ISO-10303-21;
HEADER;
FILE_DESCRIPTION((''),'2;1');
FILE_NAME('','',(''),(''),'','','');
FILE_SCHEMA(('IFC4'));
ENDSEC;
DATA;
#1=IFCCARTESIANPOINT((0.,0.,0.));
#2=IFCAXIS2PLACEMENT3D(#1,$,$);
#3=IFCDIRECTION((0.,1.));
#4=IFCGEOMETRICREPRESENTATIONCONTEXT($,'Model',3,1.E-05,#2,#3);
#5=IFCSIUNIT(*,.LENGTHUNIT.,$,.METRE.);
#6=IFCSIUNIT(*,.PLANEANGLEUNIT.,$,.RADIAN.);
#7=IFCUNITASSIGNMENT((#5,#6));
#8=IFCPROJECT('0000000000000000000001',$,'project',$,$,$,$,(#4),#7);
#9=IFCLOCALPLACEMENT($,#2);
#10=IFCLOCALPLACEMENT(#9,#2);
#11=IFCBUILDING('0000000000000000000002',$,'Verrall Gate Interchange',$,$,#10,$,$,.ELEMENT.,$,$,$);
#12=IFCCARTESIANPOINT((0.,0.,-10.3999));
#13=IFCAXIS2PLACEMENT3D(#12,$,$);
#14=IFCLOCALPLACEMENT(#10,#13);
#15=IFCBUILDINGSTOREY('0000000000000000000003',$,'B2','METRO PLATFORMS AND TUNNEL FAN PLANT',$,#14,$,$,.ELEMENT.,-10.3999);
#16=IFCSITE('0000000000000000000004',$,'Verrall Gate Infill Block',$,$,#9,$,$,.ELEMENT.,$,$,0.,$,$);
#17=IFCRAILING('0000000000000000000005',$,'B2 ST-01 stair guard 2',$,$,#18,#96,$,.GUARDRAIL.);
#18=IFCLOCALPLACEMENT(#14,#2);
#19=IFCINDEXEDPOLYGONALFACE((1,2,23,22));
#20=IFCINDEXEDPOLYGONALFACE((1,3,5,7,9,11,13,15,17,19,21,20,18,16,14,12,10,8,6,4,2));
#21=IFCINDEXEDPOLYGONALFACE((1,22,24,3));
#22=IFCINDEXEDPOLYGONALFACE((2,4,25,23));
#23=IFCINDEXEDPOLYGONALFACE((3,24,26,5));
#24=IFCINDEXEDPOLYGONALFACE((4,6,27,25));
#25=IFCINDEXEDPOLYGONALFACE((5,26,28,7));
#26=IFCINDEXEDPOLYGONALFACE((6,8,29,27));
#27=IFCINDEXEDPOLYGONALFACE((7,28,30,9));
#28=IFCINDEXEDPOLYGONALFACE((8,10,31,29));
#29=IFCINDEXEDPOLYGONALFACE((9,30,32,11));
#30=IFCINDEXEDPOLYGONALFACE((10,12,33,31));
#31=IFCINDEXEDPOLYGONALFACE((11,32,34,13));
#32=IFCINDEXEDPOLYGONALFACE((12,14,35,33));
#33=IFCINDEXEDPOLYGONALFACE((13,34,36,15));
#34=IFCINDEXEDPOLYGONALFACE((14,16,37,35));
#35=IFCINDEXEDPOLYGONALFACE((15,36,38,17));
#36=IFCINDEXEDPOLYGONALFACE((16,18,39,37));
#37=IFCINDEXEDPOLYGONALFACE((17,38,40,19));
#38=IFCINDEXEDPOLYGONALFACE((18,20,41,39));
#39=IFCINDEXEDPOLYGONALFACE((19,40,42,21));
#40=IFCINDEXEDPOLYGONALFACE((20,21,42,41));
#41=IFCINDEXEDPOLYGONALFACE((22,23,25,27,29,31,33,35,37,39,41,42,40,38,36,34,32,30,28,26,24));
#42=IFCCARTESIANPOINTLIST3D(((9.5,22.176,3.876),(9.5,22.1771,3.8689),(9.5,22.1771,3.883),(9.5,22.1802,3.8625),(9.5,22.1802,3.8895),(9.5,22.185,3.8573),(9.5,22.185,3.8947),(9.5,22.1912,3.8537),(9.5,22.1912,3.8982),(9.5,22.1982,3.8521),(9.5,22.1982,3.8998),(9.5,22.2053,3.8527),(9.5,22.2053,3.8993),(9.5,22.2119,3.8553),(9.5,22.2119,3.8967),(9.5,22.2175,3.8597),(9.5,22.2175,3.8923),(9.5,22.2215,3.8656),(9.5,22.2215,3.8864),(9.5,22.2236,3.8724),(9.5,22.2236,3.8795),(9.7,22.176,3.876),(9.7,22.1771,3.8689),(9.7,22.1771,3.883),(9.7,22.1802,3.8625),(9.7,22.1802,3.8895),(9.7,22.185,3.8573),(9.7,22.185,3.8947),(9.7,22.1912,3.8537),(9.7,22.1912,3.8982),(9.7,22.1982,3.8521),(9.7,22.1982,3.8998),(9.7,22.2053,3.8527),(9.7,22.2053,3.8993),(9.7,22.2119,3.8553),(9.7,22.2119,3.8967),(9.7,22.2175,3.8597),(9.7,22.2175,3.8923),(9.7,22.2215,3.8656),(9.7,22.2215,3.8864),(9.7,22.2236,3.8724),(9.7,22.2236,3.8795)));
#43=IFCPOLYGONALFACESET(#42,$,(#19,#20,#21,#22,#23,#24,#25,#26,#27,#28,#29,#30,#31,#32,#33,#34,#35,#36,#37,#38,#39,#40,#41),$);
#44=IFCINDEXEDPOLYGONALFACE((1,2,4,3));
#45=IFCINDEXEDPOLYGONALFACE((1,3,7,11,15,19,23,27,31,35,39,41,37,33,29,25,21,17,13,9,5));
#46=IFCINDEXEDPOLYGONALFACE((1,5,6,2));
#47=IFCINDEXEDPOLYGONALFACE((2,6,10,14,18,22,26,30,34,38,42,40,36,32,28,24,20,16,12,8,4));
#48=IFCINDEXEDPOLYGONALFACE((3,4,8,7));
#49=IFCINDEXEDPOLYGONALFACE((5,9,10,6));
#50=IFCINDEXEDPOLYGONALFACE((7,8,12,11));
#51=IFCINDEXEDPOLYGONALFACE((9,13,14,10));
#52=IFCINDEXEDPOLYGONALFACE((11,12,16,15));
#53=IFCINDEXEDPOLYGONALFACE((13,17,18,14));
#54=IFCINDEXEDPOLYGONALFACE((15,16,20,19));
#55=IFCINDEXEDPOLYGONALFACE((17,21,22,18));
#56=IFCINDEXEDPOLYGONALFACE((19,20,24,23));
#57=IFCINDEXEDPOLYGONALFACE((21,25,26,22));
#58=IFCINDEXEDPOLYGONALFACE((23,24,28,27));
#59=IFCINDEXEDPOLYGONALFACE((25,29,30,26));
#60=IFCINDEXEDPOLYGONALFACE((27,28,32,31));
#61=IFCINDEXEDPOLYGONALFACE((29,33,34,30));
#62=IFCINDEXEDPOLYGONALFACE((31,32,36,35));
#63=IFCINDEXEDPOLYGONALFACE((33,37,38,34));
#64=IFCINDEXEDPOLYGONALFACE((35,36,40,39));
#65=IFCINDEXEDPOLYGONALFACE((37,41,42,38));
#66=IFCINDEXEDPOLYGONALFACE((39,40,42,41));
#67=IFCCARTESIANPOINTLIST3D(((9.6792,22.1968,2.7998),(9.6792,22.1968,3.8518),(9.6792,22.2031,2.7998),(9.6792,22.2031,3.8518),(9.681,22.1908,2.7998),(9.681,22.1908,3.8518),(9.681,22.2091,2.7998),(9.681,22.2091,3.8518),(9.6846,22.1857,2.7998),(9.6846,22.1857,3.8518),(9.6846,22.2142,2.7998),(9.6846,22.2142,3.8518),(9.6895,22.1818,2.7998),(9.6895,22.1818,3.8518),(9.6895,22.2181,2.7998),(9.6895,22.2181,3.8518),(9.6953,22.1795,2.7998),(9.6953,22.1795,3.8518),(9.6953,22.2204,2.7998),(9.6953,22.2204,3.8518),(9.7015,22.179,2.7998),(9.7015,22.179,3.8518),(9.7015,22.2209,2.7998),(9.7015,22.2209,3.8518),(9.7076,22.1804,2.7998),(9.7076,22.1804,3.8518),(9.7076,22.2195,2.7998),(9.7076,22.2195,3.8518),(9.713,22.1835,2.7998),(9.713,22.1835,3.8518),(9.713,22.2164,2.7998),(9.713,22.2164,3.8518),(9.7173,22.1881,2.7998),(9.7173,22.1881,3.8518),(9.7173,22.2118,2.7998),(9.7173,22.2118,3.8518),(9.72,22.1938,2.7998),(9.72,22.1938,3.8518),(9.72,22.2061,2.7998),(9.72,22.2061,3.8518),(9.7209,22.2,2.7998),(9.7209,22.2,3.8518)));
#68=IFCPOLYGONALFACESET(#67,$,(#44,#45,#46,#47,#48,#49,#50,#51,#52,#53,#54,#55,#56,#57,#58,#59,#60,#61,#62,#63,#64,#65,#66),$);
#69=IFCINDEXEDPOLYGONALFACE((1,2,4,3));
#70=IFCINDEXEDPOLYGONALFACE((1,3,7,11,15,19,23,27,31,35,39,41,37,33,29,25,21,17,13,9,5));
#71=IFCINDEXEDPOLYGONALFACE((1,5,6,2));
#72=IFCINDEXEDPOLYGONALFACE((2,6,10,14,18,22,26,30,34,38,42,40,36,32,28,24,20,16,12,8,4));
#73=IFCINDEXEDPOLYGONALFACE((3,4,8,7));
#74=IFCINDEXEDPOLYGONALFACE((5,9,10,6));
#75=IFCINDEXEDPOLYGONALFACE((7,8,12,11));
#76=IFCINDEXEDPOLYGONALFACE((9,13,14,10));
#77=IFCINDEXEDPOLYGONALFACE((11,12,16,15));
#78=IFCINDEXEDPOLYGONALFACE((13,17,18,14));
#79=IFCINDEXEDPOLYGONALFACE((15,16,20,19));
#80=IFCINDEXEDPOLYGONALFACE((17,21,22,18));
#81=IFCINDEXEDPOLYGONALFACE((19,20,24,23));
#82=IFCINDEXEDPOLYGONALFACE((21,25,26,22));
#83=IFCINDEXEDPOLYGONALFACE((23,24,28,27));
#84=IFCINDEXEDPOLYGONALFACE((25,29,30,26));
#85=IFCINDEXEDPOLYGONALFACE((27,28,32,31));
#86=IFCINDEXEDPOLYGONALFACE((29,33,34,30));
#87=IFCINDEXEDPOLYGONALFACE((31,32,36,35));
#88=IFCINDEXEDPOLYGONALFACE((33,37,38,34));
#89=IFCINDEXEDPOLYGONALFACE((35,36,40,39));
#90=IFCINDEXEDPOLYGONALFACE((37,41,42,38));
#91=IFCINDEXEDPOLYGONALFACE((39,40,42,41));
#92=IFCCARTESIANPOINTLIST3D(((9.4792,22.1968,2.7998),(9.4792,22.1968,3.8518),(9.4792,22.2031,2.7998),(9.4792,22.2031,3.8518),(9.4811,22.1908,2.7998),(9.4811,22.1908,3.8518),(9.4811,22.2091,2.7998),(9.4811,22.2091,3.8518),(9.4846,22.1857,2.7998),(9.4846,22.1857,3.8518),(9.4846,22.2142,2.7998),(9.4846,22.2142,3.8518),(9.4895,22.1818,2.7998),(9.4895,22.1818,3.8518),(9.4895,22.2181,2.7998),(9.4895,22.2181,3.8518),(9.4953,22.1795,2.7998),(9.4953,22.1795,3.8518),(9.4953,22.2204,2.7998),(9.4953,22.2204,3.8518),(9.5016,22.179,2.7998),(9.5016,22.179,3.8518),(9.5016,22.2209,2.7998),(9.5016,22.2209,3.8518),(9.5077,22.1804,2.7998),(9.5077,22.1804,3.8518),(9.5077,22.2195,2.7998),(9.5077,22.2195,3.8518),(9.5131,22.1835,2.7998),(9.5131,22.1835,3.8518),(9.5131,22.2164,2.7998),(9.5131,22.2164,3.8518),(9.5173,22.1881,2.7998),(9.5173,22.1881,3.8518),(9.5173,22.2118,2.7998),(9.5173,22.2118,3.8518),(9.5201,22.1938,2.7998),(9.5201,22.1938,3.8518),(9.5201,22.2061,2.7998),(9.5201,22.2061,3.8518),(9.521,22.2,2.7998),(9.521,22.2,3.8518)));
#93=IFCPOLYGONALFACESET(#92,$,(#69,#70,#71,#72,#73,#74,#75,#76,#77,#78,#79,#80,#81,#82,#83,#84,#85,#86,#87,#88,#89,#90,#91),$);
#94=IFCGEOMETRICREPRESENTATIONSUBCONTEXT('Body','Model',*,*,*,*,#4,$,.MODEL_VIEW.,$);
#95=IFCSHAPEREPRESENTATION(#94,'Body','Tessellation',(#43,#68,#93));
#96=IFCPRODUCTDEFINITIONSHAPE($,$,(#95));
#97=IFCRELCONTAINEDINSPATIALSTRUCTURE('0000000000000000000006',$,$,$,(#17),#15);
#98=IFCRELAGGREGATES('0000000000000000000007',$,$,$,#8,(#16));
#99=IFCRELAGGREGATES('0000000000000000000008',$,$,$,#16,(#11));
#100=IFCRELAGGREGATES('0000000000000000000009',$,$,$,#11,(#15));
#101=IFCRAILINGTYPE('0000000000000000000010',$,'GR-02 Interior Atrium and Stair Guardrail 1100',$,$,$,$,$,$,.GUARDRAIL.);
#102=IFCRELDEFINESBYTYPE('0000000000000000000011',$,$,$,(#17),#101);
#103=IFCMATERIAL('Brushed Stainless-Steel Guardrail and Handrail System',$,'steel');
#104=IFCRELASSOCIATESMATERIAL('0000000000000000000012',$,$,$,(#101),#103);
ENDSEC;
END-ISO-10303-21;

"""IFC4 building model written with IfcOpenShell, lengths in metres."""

from ifc_helpers import new_model, si_unit, direction, frame, origin, origin_2d, place, context, subcontext, project, spatial, circle, extrude, material, type_object, element, save


model = new_model("IFC4")

# Units and contexts
model_context = context("Model", 3, precision=1e-05, world=origin(), true_north=direction((0.0, 1.0)))
body_context = subcontext(model_context, "Body", "Model", "MODEL_VIEW")
ifc_project = project(units=[si_unit("LENGTHUNIT", "METRE"), si_unit("PLANEANGLEUNIT", "RADIAN")], contexts=[model_context])

# Site, building, storey
site_placement = place(None, origin())
site = spatial("IfcSite", under=ifc_project, at=site_placement, Name="Verrall Gate Infill Block", CompositionType="ELEMENT", RefElevation=0.0)
building_placement = place(site_placement, origin())
building = spatial("IfcBuilding", under=site, at=building_placement, Name="Verrall Gate Interchange", CompositionType="ELEMENT")
storey_placement = place(building_placement, frame((0.0, 0.0, -10.3999)))
storey = spatial("IfcBuildingStorey", under=building, at=storey_placement, Name="B2", Description="METRO PLATFORMS AND TUNNEL FAN PLANT", CompositionType="ELEMENT", Elevation=-10.3999)

# Railing
ifc_material_1 = material(Name="Brushed Stainless-Steel Guardrail and Handrail System", Category="steel")
railing_type_1 = type_object("IfcRailingType", Name="GR-02 Interior Atrium and Stair Guardrail 1100", PredefinedType="GUARDRAIL", material=ifc_material_1)
railing_1_placement = place(storey_placement, frame((9.7, 22.2, 2.7998)))
element("IfcRailing", 1, at=railing_1_placement, inside=storey, type_object=railing_type_1, Name="B2 ST-01 stair guard 2", PredefinedType="GUARDRAIL", context=body_context, shape_type="SweptSolid", body=[
    extrude(circle(Radius=0.0239, at=origin_2d()), frame((0.0, 0.0, 1.0762), z_axis=(-1.0, 0.0, 0.0), x_axis=(0.0, -1.0, 0.0)), (0.0, 0.0, 1.0), 0.2),
    extrude(circle(Radius=0.021, at=origin_2d()), origin(), (0.0, 0.0, 1.0), 1.052),
    extrude(circle(Radius=0.021, at=origin_2d()), frame((-0.2, 0.0, 0.0)), (0.0, 0.0, 1.0), 1.052),
])

save(model, "model.ifc")
